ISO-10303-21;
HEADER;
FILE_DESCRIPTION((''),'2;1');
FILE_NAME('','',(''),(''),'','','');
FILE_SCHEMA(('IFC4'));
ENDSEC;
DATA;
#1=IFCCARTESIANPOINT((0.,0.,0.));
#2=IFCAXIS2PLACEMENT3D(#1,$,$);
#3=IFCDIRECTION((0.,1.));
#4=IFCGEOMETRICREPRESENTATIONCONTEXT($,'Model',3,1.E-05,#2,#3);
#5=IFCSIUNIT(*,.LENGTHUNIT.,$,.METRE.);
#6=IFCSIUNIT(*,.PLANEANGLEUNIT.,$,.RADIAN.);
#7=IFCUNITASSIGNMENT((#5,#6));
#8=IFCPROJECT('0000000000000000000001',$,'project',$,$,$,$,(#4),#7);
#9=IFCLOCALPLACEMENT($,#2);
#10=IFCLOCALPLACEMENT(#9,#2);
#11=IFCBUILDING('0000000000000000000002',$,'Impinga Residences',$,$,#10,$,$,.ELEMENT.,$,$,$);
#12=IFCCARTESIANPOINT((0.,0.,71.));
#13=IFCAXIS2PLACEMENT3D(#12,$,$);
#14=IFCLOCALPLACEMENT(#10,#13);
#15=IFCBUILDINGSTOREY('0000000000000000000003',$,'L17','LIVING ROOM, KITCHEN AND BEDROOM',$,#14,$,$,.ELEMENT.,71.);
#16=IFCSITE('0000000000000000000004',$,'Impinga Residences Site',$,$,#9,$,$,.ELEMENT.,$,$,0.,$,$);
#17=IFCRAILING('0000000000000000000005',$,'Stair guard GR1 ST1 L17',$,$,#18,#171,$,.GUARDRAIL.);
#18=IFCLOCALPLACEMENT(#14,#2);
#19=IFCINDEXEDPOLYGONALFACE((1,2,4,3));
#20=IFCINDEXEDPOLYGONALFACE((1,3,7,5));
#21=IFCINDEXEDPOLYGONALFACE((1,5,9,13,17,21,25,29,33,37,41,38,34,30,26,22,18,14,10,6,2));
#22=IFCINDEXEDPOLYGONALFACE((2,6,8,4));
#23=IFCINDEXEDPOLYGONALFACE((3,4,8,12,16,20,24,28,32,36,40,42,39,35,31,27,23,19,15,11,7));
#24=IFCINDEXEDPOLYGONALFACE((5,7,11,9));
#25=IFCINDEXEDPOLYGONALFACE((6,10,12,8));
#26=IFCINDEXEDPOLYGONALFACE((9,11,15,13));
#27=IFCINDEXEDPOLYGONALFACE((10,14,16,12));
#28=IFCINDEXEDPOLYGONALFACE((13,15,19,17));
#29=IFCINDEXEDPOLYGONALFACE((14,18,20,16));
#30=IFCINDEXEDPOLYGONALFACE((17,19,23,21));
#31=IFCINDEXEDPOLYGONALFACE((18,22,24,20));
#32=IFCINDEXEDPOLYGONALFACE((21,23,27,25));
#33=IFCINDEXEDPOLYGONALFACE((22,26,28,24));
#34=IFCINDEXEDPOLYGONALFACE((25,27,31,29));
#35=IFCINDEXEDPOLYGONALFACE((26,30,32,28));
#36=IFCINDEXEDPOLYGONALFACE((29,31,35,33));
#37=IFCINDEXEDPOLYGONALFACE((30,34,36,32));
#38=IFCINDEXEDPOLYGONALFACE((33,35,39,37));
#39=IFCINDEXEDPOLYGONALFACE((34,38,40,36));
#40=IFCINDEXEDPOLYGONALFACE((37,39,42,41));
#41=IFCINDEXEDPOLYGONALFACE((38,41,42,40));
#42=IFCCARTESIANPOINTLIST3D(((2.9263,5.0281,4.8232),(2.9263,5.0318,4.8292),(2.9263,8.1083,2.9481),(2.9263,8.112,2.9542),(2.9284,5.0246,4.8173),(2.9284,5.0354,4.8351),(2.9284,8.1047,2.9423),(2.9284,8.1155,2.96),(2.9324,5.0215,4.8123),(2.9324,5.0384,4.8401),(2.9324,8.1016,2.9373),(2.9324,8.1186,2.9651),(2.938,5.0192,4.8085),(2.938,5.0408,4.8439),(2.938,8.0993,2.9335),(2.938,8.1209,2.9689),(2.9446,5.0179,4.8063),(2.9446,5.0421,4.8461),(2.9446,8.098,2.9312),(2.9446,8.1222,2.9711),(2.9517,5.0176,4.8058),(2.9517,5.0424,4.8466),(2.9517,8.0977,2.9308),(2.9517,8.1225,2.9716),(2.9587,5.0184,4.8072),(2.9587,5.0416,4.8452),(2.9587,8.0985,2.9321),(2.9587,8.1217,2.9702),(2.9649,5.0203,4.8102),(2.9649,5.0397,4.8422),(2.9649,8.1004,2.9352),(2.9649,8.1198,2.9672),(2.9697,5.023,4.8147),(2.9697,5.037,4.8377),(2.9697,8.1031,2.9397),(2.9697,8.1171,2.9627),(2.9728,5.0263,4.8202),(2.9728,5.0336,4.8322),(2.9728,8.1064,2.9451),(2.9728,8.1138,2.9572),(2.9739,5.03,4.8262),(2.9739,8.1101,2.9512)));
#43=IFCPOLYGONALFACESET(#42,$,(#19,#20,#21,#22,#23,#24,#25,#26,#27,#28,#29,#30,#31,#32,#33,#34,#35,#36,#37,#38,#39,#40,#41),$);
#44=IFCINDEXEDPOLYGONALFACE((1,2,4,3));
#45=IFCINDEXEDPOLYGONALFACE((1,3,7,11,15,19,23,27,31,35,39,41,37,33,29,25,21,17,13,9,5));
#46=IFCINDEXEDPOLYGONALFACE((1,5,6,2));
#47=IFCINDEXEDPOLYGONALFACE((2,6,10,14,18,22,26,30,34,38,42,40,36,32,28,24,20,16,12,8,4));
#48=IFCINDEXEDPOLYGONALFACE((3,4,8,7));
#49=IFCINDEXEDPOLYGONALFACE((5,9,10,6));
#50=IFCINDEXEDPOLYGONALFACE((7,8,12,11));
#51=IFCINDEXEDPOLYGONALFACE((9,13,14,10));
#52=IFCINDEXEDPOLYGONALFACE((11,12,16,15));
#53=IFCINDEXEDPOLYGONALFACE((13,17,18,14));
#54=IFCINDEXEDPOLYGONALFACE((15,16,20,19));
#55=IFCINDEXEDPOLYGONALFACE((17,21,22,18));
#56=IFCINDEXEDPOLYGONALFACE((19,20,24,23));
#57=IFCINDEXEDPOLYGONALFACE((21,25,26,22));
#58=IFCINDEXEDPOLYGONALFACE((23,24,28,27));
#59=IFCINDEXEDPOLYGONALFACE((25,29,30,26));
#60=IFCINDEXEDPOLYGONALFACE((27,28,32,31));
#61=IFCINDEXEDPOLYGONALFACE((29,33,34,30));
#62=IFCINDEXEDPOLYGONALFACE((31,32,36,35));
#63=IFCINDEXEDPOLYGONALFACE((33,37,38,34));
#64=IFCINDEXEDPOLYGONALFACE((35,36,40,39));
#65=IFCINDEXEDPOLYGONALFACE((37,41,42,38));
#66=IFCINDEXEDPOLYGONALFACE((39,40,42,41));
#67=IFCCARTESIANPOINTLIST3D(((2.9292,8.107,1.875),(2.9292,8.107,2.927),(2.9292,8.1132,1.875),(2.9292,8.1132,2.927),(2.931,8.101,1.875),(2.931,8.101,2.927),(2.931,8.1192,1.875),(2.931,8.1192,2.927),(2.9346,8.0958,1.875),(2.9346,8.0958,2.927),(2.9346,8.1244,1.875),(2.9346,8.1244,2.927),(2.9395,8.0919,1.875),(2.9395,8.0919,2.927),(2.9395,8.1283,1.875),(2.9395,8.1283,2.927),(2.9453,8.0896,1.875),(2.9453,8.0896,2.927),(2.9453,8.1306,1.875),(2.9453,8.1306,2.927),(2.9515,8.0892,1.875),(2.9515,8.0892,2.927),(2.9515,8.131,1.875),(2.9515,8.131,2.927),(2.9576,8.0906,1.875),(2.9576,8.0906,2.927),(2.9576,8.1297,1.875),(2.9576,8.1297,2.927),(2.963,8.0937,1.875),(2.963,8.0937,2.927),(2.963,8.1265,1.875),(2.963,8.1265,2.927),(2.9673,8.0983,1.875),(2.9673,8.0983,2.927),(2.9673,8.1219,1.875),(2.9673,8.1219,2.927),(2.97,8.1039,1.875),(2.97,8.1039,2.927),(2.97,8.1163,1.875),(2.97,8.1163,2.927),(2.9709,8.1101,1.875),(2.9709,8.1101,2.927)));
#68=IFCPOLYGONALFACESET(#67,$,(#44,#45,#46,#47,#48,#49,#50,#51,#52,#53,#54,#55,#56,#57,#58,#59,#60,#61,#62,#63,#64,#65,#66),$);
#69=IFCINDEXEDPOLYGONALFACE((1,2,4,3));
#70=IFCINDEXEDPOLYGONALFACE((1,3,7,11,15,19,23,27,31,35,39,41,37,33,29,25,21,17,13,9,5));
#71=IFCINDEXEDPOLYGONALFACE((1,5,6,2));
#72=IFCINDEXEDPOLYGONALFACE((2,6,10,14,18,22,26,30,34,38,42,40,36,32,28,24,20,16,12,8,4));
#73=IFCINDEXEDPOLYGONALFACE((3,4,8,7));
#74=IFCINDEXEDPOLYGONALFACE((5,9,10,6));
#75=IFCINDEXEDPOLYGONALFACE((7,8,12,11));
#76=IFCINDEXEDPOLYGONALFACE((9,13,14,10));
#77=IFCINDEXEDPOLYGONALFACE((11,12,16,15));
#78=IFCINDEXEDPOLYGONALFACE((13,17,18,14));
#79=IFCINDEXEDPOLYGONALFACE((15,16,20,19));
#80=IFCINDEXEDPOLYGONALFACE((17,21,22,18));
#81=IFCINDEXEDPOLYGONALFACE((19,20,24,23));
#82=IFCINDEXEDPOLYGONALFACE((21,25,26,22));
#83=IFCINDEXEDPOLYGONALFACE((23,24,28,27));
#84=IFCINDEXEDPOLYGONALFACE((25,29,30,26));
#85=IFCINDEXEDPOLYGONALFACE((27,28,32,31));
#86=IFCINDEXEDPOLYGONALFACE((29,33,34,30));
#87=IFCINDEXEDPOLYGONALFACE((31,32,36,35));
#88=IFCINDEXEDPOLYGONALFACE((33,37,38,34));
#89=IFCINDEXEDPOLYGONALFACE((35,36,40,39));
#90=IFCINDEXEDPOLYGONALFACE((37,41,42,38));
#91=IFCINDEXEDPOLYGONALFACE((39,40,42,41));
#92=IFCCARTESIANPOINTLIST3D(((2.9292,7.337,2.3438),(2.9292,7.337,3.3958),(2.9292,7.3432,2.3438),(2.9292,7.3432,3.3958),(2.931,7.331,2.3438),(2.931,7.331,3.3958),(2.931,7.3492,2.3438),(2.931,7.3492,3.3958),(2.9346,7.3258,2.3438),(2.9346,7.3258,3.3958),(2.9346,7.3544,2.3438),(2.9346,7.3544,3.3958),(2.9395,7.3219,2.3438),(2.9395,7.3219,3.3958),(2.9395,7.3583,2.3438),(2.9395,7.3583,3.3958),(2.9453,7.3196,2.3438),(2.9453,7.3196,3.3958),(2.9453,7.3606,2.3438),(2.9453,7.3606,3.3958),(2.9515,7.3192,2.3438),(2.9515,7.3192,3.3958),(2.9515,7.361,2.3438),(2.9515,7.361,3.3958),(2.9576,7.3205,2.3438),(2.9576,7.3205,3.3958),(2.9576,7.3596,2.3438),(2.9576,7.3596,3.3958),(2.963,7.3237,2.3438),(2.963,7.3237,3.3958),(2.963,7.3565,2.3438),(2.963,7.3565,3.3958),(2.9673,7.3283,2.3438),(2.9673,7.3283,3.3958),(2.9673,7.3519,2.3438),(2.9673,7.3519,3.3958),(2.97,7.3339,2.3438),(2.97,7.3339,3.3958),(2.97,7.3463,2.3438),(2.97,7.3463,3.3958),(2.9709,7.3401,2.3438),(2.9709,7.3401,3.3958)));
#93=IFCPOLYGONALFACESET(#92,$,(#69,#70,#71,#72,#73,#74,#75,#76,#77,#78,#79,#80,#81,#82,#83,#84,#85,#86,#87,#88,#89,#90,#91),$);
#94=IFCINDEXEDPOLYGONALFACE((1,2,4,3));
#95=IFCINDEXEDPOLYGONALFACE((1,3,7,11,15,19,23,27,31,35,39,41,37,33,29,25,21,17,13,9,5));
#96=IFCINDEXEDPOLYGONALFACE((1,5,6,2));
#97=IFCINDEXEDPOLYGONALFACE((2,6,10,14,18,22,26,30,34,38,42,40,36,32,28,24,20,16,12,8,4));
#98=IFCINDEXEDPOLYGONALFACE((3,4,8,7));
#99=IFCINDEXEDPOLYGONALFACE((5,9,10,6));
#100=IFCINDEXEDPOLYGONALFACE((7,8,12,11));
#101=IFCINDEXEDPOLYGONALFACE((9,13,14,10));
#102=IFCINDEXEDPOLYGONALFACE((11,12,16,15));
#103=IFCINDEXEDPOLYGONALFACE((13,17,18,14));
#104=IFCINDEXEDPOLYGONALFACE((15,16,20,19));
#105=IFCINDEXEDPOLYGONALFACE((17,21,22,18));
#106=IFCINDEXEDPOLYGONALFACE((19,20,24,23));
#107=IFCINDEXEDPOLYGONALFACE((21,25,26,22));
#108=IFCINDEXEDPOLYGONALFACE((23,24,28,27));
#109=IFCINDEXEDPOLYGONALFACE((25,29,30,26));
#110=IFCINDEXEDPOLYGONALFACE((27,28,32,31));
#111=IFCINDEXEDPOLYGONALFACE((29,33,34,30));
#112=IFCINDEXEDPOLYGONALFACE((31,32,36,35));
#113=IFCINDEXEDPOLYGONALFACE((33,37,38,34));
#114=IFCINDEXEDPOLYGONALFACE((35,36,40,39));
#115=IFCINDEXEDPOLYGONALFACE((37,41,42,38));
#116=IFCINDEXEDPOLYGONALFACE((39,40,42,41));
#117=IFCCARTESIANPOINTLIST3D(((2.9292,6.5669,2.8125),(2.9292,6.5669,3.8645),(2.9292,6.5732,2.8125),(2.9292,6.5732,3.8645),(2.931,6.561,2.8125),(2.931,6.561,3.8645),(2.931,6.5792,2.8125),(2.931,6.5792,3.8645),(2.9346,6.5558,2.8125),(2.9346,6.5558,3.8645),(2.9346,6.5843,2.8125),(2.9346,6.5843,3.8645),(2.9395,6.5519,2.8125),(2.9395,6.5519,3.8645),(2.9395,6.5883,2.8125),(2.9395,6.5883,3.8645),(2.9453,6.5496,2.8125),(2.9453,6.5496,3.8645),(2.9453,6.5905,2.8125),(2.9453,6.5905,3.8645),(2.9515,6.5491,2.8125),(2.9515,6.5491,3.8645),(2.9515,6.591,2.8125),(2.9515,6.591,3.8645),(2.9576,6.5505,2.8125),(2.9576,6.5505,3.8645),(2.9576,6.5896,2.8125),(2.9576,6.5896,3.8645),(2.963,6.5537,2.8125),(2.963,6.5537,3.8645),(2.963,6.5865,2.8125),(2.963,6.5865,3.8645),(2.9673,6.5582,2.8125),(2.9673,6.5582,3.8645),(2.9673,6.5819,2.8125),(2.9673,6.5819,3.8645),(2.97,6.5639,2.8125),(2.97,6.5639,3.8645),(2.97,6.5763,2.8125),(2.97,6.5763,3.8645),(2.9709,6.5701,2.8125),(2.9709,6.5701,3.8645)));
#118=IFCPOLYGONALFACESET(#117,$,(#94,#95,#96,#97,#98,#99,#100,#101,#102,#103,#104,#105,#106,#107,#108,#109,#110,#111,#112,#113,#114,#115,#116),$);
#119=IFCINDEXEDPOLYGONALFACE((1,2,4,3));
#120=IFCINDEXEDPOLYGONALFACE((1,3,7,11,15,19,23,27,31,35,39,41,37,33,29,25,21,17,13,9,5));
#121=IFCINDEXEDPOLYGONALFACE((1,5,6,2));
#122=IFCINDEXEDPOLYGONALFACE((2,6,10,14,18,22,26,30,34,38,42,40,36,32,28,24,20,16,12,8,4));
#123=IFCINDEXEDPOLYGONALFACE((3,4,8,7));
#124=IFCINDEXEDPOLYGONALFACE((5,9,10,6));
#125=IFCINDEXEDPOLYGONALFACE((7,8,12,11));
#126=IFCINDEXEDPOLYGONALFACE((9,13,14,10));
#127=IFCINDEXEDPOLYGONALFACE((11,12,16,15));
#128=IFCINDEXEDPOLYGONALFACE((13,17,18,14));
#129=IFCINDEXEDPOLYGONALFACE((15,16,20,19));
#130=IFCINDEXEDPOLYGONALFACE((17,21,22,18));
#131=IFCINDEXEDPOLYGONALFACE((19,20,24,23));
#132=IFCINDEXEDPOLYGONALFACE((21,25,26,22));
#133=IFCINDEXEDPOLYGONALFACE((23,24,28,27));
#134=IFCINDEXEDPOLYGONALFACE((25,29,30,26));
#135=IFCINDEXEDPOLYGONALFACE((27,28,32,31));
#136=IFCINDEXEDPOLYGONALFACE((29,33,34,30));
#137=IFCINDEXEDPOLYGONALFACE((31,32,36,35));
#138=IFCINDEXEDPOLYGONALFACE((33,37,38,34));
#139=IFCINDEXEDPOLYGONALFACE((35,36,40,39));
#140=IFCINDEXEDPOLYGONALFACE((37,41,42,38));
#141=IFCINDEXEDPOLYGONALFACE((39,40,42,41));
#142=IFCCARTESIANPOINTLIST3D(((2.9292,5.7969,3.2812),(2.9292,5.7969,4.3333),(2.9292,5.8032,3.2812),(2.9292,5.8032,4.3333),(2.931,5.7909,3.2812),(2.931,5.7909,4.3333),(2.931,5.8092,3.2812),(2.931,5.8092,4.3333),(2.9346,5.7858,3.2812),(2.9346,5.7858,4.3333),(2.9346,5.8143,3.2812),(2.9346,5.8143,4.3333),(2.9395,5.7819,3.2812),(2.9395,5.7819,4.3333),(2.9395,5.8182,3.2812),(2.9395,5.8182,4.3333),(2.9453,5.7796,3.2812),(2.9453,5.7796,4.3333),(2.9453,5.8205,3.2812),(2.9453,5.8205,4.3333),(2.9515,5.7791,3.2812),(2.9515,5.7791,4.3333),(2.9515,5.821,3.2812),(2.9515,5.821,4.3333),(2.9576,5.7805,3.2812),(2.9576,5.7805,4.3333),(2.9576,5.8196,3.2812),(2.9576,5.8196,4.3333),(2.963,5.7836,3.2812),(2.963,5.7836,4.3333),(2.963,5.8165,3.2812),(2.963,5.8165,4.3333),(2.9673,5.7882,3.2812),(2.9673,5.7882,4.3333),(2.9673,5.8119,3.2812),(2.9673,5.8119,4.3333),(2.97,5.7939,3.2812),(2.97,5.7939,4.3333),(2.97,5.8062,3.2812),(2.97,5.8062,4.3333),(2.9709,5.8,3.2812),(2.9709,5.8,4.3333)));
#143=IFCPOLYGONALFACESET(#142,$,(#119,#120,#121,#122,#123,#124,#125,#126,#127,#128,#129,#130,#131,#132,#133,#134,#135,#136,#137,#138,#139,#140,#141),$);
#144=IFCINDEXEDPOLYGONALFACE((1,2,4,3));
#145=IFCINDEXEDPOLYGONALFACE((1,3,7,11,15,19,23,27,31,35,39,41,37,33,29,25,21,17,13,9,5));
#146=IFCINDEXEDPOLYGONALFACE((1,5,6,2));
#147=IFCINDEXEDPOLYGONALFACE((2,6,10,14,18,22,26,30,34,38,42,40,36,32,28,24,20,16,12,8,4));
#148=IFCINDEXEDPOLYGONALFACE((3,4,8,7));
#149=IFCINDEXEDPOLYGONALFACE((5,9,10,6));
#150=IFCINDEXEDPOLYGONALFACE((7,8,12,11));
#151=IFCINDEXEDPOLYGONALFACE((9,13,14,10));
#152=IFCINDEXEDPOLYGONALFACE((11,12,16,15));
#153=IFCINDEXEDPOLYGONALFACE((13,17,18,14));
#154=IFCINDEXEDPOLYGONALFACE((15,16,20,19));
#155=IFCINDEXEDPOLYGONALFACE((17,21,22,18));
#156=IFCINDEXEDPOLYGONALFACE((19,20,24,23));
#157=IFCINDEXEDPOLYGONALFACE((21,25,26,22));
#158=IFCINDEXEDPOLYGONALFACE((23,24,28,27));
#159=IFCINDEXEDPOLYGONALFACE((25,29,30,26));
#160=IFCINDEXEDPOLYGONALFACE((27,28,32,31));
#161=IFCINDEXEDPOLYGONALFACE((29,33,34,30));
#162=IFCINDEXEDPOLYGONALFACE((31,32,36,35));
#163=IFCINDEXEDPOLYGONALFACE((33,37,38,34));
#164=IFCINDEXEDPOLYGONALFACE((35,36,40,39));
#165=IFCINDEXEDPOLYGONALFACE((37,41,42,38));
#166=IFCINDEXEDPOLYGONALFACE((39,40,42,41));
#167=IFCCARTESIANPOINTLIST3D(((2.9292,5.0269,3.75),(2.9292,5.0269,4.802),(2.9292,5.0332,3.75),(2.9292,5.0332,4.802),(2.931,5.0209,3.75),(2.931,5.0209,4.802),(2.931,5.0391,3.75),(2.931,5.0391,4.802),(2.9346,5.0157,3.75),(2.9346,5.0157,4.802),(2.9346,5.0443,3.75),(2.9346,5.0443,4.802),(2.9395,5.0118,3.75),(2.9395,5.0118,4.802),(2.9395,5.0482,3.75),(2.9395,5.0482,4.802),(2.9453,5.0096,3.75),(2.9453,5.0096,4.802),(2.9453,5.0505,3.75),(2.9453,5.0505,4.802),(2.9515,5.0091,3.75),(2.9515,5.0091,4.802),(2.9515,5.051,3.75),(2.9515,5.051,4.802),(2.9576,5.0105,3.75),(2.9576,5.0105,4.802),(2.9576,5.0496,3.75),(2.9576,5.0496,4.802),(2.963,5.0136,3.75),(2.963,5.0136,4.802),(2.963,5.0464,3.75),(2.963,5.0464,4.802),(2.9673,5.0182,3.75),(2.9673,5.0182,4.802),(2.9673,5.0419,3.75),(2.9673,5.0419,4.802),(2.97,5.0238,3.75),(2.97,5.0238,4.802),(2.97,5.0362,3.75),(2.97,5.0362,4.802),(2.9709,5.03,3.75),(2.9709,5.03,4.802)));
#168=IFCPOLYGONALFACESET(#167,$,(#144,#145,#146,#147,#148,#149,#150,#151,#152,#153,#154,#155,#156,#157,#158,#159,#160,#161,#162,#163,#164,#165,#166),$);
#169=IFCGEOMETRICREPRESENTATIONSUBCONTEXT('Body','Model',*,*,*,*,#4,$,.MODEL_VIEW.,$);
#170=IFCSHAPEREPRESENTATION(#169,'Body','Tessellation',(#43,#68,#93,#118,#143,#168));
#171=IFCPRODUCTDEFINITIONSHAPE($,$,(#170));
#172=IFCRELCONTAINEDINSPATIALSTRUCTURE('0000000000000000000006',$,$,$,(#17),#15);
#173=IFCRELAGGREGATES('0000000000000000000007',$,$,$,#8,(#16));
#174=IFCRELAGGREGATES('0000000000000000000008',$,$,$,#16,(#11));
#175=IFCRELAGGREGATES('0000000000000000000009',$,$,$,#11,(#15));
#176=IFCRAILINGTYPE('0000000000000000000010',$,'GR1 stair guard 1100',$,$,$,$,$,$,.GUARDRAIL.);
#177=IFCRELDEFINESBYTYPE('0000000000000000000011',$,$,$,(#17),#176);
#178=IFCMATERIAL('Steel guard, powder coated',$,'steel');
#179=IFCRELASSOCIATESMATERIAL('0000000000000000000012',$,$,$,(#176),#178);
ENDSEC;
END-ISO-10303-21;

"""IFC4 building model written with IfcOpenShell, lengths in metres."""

from ifc_helpers import new_model, si_unit, direction, frame, origin, origin_2d, place, context, subcontext, project, spatial, circle, extrude, material, type_object, element, save


model = new_model("IFC4")

# Units and contexts
model_context = context("Model", 3, precision=1e-05, world=origin(), true_north=direction((0.0, 1.0)))
body_context = subcontext(model_context, "Body", "Model", "MODEL_VIEW")
ifc_project = project(units=[si_unit("LENGTHUNIT", "METRE"), si_unit("PLANEANGLEUNIT", "RADIAN")], contexts=[model_context])

# Site, building, storey
site_placement = place(None, origin())
site = spatial("IfcSite", under=ifc_project, at=site_placement, Name="Impinga Residences Site", CompositionType="ELEMENT", RefElevation=0.0)
building_placement = place(site_placement, origin())
building = spatial("IfcBuilding", under=site, at=building_placement, Name="Impinga Residences", CompositionType="ELEMENT")
storey_placement = place(building_placement, frame((0.0, 0.0, 71.0)))
storey = spatial("IfcBuildingStorey", under=building, at=storey_placement, Name="L17", Description="LIVING ROOM, KITCHEN AND BEDROOM", CompositionType="ELEMENT", Elevation=71.0)

# Railing
ifc_material_1 = material(Name="Steel guard, powder coated", Category="steel")
railing_type_1 = type_object("IfcRailingType", Name="GR1 stair guard 1100", PredefinedType="GUARDRAIL", material=ifc_material_1)
railing_1_placement = place(storey_placement, frame((2.95, 8.1101, 1.875)))
element("IfcRailing", 1, at=railing_1_placement, inside=storey, type_object=railing_type_1, Name="Stair guard GR1 ST1 L17", PredefinedType="GUARDRAIL", context=body_context, shape_type="SweptSolid", body=[
    extrude(circle(Radius=0.0239, at=origin_2d()), frame((0.0, 0.0, 1.0762), z_axis=(0.0, -0.854178, 0.519981), x_axis=(1.0, 0.0, 0.0)), (0.0, 0.0, 1.0), 3.606),
    extrude(circle(Radius=0.021, at=origin_2d()), origin(), (0.0, 0.0, 1.0), 1.052),
    extrude(circle(Radius=0.021, at=origin_2d()), frame((0.0, -0.77, 0.4688)), (0.0, 0.0, 1.0), 1.052),
    extrude(circle(Radius=0.021, at=origin_2d()), frame((0.0, -1.54, 0.9375)), (0.0, 0.0, 1.0), 1.052),
    extrude(circle(Radius=0.021, at=origin_2d()), frame((0.0, -2.3101, 1.4062)), (0.0, 0.0, 1.0), 1.052),
    extrude(circle(Radius=0.021, at=origin_2d()), frame((0.0, -3.0801, 1.875)), (0.0, 0.0, 1.0), 1.052),
])

save(model, "model.ifc")
